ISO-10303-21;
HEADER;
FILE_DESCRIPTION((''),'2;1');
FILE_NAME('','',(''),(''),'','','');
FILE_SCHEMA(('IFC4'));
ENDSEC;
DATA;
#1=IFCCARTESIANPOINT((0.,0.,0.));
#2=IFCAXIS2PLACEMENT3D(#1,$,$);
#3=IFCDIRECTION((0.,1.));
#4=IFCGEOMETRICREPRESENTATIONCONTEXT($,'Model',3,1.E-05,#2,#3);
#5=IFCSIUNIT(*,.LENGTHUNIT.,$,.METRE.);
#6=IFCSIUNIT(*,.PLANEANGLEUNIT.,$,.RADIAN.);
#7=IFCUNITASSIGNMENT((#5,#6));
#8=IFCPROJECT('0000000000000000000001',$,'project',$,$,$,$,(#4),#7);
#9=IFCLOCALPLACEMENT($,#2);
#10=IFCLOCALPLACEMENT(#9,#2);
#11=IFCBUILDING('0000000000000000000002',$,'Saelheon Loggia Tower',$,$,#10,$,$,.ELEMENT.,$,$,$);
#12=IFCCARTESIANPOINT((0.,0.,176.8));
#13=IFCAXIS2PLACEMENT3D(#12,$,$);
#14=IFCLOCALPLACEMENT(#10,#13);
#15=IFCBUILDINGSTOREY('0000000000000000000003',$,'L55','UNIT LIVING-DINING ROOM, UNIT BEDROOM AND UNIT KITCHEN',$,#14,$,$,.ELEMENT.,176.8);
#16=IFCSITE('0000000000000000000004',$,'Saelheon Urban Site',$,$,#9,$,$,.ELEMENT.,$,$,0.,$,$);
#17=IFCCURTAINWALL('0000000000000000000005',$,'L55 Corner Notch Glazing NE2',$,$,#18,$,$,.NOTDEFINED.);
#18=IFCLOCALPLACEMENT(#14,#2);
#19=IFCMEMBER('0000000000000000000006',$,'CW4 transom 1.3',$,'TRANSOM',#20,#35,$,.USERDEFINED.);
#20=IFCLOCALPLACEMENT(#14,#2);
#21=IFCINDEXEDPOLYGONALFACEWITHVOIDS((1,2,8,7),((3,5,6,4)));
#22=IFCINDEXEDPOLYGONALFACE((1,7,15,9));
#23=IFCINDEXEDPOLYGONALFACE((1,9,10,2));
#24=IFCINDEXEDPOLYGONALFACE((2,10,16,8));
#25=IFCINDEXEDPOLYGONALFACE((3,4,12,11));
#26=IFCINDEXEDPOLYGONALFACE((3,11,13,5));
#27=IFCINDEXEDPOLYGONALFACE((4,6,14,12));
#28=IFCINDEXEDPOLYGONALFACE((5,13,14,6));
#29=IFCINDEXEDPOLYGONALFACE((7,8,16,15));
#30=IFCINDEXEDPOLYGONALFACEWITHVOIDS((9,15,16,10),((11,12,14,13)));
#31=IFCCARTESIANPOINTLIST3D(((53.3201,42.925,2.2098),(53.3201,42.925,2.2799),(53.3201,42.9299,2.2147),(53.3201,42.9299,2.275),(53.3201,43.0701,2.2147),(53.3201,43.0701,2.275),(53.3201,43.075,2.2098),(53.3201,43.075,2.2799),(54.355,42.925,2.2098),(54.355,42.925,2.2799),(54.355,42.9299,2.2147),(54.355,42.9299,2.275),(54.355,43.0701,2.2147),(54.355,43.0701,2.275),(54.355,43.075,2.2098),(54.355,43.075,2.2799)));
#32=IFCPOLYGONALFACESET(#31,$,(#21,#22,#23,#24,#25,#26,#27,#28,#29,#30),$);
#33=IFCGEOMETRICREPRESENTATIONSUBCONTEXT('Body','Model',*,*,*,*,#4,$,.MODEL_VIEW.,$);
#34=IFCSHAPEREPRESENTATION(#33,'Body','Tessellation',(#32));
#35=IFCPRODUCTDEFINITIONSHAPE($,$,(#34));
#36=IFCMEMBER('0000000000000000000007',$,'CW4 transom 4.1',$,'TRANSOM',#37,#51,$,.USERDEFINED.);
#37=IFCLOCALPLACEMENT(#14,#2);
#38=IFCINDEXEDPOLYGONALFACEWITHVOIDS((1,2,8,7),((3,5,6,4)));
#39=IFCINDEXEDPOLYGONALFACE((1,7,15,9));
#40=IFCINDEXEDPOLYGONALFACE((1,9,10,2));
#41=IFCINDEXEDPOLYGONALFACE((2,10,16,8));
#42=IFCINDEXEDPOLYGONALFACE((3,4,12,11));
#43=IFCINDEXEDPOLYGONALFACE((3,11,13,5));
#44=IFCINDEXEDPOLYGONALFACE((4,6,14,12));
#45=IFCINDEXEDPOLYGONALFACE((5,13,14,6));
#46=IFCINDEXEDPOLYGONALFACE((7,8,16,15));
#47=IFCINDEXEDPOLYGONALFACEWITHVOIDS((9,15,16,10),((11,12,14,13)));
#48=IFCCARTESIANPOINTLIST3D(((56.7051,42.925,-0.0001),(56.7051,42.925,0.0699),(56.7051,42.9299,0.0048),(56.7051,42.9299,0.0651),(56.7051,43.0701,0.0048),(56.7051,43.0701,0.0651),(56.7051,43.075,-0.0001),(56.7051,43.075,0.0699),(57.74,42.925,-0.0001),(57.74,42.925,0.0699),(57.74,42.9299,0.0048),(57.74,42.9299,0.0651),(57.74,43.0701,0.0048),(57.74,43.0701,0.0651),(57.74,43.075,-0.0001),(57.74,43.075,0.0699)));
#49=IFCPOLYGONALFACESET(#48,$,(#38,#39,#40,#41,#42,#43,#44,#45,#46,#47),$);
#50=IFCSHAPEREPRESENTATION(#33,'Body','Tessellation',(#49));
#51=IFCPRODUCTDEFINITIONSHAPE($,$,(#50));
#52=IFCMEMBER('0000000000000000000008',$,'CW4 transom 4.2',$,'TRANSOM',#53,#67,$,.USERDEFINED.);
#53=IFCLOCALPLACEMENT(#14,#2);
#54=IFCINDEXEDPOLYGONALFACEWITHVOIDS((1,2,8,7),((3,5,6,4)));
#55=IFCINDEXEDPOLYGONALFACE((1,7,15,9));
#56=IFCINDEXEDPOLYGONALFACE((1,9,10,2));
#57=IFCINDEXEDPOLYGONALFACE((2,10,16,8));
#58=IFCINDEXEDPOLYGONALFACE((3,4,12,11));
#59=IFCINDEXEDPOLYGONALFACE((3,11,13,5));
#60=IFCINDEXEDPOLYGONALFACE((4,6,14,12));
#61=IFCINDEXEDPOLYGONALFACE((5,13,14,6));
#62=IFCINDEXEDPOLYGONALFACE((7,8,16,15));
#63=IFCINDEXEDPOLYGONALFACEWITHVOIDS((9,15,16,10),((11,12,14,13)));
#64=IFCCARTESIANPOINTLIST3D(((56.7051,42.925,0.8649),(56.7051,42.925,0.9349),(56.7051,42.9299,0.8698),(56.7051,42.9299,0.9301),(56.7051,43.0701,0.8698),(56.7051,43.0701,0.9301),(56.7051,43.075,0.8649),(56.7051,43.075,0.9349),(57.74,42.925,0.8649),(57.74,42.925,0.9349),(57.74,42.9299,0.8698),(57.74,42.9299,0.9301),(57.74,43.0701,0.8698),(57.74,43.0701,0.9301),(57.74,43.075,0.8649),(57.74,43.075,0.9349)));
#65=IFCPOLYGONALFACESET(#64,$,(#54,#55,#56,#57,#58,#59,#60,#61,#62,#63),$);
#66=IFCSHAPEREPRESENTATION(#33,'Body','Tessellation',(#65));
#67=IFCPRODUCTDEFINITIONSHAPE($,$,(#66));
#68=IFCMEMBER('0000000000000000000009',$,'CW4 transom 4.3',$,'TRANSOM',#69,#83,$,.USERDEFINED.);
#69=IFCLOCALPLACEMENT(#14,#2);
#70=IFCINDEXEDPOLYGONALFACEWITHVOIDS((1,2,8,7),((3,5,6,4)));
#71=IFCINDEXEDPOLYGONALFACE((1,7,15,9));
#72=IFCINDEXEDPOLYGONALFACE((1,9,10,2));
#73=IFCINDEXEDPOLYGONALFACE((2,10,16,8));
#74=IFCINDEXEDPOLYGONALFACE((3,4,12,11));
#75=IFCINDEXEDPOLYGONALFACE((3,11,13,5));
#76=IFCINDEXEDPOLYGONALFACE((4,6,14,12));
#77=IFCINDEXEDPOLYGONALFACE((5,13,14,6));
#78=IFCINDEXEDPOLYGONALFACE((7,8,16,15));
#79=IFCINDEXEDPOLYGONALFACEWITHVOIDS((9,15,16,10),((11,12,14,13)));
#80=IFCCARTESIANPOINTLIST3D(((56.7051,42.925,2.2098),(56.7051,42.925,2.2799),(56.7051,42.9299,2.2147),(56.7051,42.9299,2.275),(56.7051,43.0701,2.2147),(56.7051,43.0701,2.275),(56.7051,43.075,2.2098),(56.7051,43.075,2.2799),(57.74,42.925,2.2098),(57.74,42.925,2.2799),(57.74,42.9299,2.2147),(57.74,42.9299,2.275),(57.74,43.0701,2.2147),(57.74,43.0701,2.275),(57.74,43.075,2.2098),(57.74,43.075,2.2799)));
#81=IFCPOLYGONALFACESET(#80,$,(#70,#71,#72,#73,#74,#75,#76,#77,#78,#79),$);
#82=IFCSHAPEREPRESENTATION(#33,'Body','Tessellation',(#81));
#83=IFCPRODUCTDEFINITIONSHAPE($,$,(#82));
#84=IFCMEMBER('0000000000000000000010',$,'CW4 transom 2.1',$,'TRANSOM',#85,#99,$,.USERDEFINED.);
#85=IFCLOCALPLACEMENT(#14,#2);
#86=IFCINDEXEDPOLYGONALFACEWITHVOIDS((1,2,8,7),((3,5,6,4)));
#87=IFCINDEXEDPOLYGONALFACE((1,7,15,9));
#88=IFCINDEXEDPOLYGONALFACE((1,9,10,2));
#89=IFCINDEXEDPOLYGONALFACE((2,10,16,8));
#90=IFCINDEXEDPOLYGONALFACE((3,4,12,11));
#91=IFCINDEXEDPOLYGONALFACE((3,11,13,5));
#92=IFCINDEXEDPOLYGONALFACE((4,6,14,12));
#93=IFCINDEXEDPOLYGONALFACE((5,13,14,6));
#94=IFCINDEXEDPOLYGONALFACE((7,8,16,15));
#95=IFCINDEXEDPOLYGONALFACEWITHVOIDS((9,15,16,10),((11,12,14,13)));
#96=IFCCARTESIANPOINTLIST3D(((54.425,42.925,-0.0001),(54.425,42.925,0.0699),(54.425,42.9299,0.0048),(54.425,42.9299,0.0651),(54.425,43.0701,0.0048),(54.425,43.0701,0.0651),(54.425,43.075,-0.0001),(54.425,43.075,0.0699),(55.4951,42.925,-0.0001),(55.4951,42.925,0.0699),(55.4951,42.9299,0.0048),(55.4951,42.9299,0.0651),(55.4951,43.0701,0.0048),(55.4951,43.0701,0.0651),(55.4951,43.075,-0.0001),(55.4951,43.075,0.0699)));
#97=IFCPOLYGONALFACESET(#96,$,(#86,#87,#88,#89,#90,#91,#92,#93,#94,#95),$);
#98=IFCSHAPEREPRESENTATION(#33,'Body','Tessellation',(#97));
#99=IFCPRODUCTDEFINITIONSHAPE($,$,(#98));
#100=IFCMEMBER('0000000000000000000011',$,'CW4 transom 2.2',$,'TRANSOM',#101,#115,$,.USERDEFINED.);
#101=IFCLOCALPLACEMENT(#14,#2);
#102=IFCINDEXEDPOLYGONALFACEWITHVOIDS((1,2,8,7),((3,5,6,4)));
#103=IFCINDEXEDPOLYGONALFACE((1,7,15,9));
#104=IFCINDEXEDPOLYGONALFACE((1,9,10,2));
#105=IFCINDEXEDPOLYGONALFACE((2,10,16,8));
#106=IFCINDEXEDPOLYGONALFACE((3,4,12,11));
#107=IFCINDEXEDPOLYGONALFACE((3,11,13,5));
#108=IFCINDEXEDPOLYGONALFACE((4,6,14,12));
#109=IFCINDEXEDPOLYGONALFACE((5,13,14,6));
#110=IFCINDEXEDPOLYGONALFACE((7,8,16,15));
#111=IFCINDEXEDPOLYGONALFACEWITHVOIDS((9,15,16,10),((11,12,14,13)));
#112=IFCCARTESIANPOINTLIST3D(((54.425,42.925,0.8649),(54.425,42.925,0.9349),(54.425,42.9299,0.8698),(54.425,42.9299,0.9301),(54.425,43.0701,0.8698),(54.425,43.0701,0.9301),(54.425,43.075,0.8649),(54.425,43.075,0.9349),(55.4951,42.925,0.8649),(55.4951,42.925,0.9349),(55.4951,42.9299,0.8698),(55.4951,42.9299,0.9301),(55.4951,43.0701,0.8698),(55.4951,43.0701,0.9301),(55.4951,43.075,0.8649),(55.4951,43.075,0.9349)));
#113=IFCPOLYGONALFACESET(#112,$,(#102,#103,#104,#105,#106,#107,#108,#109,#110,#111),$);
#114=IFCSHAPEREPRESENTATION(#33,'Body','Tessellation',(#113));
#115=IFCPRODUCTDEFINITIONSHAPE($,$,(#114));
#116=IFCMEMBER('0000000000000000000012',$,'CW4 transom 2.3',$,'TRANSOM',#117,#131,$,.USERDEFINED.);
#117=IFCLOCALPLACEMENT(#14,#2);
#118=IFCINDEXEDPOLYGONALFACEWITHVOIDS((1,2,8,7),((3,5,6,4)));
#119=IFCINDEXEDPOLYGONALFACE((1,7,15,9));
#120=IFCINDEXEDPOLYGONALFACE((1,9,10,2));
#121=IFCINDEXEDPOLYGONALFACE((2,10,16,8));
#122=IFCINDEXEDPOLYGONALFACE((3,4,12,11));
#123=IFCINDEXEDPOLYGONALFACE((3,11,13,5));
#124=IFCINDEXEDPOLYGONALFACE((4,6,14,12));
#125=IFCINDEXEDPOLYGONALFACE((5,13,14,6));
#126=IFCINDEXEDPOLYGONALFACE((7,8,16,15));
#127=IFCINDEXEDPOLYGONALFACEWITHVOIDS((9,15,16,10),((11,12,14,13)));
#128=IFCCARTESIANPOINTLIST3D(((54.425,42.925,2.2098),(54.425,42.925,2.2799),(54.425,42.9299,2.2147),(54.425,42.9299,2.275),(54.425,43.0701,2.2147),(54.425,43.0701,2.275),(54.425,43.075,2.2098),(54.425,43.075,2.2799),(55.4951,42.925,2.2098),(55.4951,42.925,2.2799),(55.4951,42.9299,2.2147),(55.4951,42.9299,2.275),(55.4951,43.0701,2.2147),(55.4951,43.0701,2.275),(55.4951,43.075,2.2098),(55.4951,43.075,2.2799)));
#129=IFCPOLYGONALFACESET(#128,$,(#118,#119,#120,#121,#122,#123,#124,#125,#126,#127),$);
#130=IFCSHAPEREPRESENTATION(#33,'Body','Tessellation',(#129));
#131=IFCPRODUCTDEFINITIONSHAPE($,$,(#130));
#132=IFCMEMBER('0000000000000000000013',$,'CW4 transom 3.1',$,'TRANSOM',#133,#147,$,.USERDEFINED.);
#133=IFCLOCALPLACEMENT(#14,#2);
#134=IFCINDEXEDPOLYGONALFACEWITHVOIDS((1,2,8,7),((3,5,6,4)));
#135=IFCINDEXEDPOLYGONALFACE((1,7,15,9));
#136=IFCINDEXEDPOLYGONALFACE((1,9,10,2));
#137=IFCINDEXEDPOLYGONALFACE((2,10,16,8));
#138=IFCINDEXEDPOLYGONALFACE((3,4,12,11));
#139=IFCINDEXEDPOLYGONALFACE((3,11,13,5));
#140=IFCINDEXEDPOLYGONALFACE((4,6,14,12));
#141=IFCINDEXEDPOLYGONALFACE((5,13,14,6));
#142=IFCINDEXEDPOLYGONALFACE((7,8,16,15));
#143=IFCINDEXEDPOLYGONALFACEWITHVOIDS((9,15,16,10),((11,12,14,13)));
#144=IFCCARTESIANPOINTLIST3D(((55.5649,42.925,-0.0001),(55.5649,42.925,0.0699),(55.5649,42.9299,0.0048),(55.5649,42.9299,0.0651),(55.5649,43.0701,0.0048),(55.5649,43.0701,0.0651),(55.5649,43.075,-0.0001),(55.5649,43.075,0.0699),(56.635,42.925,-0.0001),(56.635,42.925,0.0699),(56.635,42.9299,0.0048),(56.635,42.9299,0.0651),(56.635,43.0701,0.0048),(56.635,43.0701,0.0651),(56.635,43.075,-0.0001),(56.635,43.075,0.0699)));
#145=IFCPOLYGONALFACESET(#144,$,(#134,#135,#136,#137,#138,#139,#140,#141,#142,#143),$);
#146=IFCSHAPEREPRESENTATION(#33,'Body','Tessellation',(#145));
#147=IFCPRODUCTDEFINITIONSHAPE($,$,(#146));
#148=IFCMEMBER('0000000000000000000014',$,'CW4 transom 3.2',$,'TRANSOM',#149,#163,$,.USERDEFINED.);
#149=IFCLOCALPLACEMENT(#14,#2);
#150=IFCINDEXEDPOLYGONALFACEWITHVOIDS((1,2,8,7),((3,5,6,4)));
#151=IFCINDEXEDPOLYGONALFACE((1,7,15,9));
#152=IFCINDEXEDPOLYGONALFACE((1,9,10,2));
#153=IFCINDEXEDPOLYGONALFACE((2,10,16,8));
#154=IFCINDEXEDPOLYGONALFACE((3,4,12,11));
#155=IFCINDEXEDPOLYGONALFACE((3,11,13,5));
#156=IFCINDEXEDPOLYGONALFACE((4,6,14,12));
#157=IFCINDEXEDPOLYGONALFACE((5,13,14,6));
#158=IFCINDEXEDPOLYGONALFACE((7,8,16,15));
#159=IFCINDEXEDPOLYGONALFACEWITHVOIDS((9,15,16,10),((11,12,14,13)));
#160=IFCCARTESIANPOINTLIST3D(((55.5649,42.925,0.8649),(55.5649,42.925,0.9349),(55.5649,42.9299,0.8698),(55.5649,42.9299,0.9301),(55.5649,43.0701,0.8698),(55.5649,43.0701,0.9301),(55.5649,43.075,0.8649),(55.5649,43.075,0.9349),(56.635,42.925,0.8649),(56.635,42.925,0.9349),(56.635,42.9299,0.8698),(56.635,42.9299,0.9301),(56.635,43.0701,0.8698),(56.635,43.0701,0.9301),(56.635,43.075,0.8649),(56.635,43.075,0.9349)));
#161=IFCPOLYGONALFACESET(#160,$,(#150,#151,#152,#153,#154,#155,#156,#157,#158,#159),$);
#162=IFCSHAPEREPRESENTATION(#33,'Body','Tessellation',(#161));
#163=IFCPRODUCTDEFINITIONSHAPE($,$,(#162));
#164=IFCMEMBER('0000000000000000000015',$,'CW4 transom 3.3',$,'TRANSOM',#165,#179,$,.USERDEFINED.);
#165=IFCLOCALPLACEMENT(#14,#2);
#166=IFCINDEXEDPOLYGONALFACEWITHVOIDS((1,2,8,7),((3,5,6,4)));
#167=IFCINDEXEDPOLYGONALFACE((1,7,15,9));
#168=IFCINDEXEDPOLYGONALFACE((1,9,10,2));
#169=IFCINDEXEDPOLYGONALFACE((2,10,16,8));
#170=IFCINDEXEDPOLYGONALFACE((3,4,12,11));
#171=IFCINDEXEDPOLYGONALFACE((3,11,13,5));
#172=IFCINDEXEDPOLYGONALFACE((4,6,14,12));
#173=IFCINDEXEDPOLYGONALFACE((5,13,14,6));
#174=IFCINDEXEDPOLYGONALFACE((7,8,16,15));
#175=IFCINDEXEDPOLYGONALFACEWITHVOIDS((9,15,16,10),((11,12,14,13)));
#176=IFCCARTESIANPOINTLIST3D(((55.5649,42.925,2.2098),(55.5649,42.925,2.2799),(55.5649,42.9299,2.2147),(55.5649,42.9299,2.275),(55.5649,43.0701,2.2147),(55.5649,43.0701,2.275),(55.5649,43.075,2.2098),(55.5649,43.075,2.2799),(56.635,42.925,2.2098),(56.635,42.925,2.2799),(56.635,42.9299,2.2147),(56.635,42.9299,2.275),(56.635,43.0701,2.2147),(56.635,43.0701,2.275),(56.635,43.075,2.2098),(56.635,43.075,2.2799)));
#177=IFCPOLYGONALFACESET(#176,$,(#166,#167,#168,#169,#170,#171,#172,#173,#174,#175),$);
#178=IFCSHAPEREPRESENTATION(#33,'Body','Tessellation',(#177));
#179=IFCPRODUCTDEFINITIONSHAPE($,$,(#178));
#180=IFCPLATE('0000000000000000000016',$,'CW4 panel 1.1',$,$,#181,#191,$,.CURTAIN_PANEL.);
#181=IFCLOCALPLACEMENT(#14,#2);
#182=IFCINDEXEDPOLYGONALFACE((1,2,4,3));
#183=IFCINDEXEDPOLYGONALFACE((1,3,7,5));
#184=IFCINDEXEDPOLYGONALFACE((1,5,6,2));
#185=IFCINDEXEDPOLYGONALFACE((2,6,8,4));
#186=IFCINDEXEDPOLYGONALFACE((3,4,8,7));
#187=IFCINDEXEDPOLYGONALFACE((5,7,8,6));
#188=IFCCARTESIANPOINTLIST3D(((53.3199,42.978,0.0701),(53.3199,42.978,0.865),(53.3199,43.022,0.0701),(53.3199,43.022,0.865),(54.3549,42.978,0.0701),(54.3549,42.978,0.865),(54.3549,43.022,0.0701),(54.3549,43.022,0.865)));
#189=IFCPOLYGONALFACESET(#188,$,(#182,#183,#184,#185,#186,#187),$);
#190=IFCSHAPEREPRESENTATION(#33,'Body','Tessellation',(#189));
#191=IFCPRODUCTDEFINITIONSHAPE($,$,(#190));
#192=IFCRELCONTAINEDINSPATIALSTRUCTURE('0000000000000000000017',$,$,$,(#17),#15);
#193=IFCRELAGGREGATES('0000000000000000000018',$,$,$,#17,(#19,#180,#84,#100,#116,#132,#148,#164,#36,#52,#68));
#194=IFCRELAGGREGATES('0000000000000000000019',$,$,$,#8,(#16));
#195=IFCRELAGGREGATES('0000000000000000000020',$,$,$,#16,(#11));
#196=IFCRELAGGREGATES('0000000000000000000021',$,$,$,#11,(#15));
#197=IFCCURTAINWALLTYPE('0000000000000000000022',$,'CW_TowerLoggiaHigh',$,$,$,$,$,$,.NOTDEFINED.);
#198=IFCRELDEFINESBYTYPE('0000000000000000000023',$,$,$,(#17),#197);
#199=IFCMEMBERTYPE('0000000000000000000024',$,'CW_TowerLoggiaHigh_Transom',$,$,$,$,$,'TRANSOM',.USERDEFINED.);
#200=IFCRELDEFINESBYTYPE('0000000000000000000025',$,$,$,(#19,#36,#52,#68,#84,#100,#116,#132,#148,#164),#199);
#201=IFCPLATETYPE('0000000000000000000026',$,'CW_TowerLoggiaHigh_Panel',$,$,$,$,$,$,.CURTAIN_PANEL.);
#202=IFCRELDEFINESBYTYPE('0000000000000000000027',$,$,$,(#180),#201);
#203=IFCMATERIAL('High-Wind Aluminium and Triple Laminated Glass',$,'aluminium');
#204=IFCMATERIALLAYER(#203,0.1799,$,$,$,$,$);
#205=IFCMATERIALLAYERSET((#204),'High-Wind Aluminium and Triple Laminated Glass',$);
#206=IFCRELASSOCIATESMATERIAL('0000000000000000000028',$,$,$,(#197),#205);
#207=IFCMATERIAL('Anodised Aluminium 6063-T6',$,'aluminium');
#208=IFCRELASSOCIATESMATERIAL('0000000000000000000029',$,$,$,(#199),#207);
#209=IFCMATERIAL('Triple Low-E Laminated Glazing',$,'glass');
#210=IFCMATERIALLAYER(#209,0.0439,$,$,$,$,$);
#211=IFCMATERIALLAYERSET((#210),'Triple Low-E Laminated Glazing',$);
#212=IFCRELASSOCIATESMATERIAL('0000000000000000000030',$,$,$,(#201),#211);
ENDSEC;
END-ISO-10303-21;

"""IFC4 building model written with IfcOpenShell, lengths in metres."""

from ifc_helpers import new_model, si_unit, direction, frame, origin, origin_2d, place, context, subcontext, project, spatial, rectangle, hollow_rectangle, extrude, source, transform, mapped, material, layer, layer_set, material_profile, profile_set, type_object, element, aggregate, save


model = new_model("IFC4")

# Units and contexts
model_context = context("Model", 3, precision=1e-05, world=origin(), true_north=direction((0.0, 1.0)))
body_context = subcontext(model_context, "Body", "Model", "MODEL_VIEW")
ifc_project = project(units=[si_unit("LENGTHUNIT", "METRE"), si_unit("PLANEANGLEUNIT", "RADIAN")], contexts=[model_context])

# Site, building, storey
site_placement = place(None, origin())
site = spatial("IfcSite", under=ifc_project, at=site_placement, Name="Saelheon Urban Site", CompositionType="ELEMENT", RefElevation=0.0)
building_placement = place(site_placement, origin())
building = spatial("IfcBuilding", under=site, at=building_placement, Name="Saelheon Loggia Tower", CompositionType="ELEMENT")
storey_placement = place(building_placement, frame((0.0, 0.0, 176.8)))
storey = spatial("IfcBuildingStorey", under=building, at=storey_placement, Name="L55", Description="UNIT LIVING-DINING ROOM, UNIT BEDROOM AND UNIT KITCHEN", CompositionType="ELEMENT", Elevation=176.8)

# Curtain wall, members, plate
ifc_material_1 = material(Name="High-Wind Aluminium and Triple Laminated Glass", Category="aluminium")
ifc_layer_1 = layer(ifc_material_1, 0.1799)
ifc_layer_set_1 = layer_set([ifc_layer_1], Name="High-Wind Aluminium and Triple Laminated Glass")
curtain_wall_type = type_object("IfcCurtainWallType", Name="CW_TowerLoggiaHigh", PredefinedType="NOTDEFINED", material=ifc_layer_set_1)
curtain_wall_placement = place(storey_placement, origin())
curtain_wall = element("IfcCurtainWall", 1, at=curtain_wall_placement, inside=storey, type_object=curtain_wall_type, Name="L55 Corner Notch Glazing NE2", PredefinedType="NOTDEFINED")
ifc_material_2 = material(Name="Anodised Aluminium 6063-T6", Category="aluminium")
ifc_material_profile_1 = material_profile(ifc_material_2, hollow_rectangle(XDim=0.0701, YDim=0.1499, WallThickness=0.0049, at=origin_2d()), Name="RHS-150x70x5")
ifc_profile_set_1 = profile_set([ifc_material_profile_1], Name="Anodised Aluminium 6063-T6")
member_type_1 = type_object("IfcMemberType", Name="CW_TowerLoggiaHigh_Transom", ElementType="TRANSOM", PredefinedType="USERDEFINED", material=ifc_profile_set_1)
shared_shape_1 = source(origin(), body_context, "Body", "SweptSolid", [
    extrude(hollow_rectangle(XDim=0.0701, YDim=0.1499, WallThickness=0.0049, at=origin_2d()), origin(), (0.0, 0.0, 1.0), 1.0349),
])
member_1_placement = place(storey_placement, frame((53.3201, 43.0, 2.2449), z_axis=(1.0, 0.0, 0.0), x_axis=(0.0, 0.0, 1.0)))
member_1 = element("IfcMember", 2, at=member_1_placement, type_object=member_type_1, Name="CW4 transom 1.3", ObjectType="TRANSOM", PredefinedType="USERDEFINED", context=body_context, shape_type="MappedRepresentation", body=[
    mapped(shared_shape_1, transform((0.0, 0.0, 0.0), scale=1.0)),
])
member_2_placement = place(storey_placement, frame((56.7051, 43.0, 0.0349), z_axis=(1.0, 0.0, 0.0), x_axis=(0.0, 0.0, 1.0)))
member_2 = element("IfcMember", 3, at=member_2_placement, type_object=member_type_1, Name="CW4 transom 4.1", ObjectType="TRANSOM", PredefinedType="USERDEFINED", context=body_context, shape_type="MappedRepresentation", body=[
    mapped(shared_shape_1, transform((0.0, 0.0, 0.0), scale=1.0)),
])
member_3_placement = place(storey_placement, frame((56.7051, 43.0, 0.8999), z_axis=(1.0, 0.0, 0.0), x_axis=(0.0, 0.0, 1.0)))
member_3 = element("IfcMember", 4, at=member_3_placement, type_object=member_type_1, Name="CW4 transom 4.2", ObjectType="TRANSOM", PredefinedType="USERDEFINED", context=body_context, shape_type="MappedRepresentation", body=[
    mapped(shared_shape_1, transform((0.0, 0.0, 0.0), scale=1.0)),
])
member_4_placement = place(storey_placement, frame((56.7051, 43.0, 2.2449), z_axis=(1.0, 0.0, 0.0), x_axis=(0.0, 0.0, 1.0)))
member_4 = element("IfcMember", 5, at=member_4_placement, type_object=member_type_1, Name="CW4 transom 4.3", ObjectType="TRANSOM", PredefinedType="USERDEFINED", context=body_context, shape_type="MappedRepresentation", body=[
    mapped(shared_shape_1, transform((0.0, 0.0, 0.0), scale=1.0)),
])
shared_shape_2 = source(origin(), body_context, "Body", "SweptSolid", [
    extrude(hollow_rectangle(XDim=0.0701, YDim=0.1499, WallThickness=0.0049, at=origin_2d()), origin(), (0.0, 0.0, 1.0), 1.0701),
])
member_5_placement = place(storey_placement, frame((54.425, 43.0, 0.0349), z_axis=(1.0, 0.0, 0.0), x_axis=(0.0, 0.0, 1.0)))
member_5 = element("IfcMember", 6, at=member_5_placement, type_object=member_type_1, Name="CW4 transom 2.1", ObjectType="TRANSOM", PredefinedType="USERDEFINED", context=body_context, shape_type="MappedRepresentation", body=[
    mapped(shared_shape_2, transform((0.0, 0.0, 0.0), scale=1.0)),
])
member_6_placement = place(storey_placement, frame((54.425, 43.0, 0.8999), z_axis=(1.0, 0.0, 0.0), x_axis=(0.0, 0.0, 1.0)))
member_6 = element("IfcMember", 7, at=member_6_placement, type_object=member_type_1, Name="CW4 transom 2.2", ObjectType="TRANSOM", PredefinedType="USERDEFINED", context=body_context, shape_type="MappedRepresentation", body=[
    mapped(shared_shape_2, transform((0.0, 0.0, 0.0), scale=1.0)),
])
member_7_placement = place(storey_placement, frame((54.425, 43.0, 2.2449), z_axis=(1.0, 0.0, 0.0), x_axis=(0.0, 0.0, 1.0)))
member_7 = element("IfcMember", 8, at=member_7_placement, type_object=member_type_1, Name="CW4 transom 2.3", ObjectType="TRANSOM", PredefinedType="USERDEFINED", context=body_context, shape_type="MappedRepresentation", body=[
    mapped(shared_shape_2, transform((0.0, 0.0, 0.0), scale=1.0)),
])
member_8_placement = place(storey_placement, frame((55.5649, 43.0, 0.0349), z_axis=(1.0, 0.0, 0.0), x_axis=(0.0, 0.0, 1.0)))
member_8 = element("IfcMember", 9, at=member_8_placement, type_object=member_type_1, Name="CW4 transom 3.1", ObjectType="TRANSOM", PredefinedType="USERDEFINED", context=body_context, shape_type="MappedRepresentation", body=[
    mapped(shared_shape_2, transform((0.0, 0.0, 0.0), scale=1.0)),
])
member_9_placement = place(storey_placement, frame((55.5649, 43.0, 0.8999), z_axis=(1.0, 0.0, 0.0), x_axis=(0.0, 0.0, 1.0)))
member_9 = element("IfcMember", 10, at=member_9_placement, type_object=member_type_1, Name="CW4 transom 3.2", ObjectType="TRANSOM", PredefinedType="USERDEFINED", context=body_context, shape_type="MappedRepresentation", body=[
    mapped(shared_shape_2, transform((0.0, 0.0, 0.0), scale=1.0)),
])
member_10_placement = place(storey_placement, frame((55.5649, 43.0, 2.2449), z_axis=(1.0, 0.0, 0.0), x_axis=(0.0, 0.0, 1.0)))
member_10 = element("IfcMember", 11, at=member_10_placement, type_object=member_type_1, Name="CW4 transom 3.3", ObjectType="TRANSOM", PredefinedType="USERDEFINED", context=body_context, shape_type="MappedRepresentation", body=[
    mapped(shared_shape_2, transform((0.0, 0.0, 0.0), scale=1.0)),
])
ifc_material_3 = material(Name="Triple Low-E Laminated Glazing", Category="glass")
ifc_layer_2 = layer(ifc_material_3, 0.0439)
ifc_layer_set_2 = layer_set([ifc_layer_2], Name="Triple Low-E Laminated Glazing")
plate_type = type_object("IfcPlateType", Name="CW_TowerLoggiaHigh_Panel", PredefinedType="CURTAIN_PANEL", material=ifc_layer_set_2)
shared_shape_3 = source(origin(), body_context, "Body", "SweptSolid", [
    extrude(rectangle(XDim=1.0349, YDim=0.0439, at=origin_2d()), origin(), (0.0, 0.0, 1.0), 0.7949),
])
plate_1_placement = place(storey_placement, frame((53.8374, 43.0, 0.0701), z_axis=(0.0, 0.0, 1.0), x_axis=(1.0, 0.0, 0.0)))
plate_1 = element("IfcPlate", 12, at=plate_1_placement, type_object=plate_type, Name="CW4 panel 1.1", PredefinedType="CURTAIN_PANEL", context=body_context, shape_type="MappedRepresentation", body=[
    mapped(shared_shape_3, transform((0.0, 0.0, 0.0), scale=1.0)),
])
aggregate(curtain_wall, [member_1, plate_1, member_5, member_6, member_7, member_8, member_9, member_10, member_2, member_3, member_4])

save(model, "model.ifc")
